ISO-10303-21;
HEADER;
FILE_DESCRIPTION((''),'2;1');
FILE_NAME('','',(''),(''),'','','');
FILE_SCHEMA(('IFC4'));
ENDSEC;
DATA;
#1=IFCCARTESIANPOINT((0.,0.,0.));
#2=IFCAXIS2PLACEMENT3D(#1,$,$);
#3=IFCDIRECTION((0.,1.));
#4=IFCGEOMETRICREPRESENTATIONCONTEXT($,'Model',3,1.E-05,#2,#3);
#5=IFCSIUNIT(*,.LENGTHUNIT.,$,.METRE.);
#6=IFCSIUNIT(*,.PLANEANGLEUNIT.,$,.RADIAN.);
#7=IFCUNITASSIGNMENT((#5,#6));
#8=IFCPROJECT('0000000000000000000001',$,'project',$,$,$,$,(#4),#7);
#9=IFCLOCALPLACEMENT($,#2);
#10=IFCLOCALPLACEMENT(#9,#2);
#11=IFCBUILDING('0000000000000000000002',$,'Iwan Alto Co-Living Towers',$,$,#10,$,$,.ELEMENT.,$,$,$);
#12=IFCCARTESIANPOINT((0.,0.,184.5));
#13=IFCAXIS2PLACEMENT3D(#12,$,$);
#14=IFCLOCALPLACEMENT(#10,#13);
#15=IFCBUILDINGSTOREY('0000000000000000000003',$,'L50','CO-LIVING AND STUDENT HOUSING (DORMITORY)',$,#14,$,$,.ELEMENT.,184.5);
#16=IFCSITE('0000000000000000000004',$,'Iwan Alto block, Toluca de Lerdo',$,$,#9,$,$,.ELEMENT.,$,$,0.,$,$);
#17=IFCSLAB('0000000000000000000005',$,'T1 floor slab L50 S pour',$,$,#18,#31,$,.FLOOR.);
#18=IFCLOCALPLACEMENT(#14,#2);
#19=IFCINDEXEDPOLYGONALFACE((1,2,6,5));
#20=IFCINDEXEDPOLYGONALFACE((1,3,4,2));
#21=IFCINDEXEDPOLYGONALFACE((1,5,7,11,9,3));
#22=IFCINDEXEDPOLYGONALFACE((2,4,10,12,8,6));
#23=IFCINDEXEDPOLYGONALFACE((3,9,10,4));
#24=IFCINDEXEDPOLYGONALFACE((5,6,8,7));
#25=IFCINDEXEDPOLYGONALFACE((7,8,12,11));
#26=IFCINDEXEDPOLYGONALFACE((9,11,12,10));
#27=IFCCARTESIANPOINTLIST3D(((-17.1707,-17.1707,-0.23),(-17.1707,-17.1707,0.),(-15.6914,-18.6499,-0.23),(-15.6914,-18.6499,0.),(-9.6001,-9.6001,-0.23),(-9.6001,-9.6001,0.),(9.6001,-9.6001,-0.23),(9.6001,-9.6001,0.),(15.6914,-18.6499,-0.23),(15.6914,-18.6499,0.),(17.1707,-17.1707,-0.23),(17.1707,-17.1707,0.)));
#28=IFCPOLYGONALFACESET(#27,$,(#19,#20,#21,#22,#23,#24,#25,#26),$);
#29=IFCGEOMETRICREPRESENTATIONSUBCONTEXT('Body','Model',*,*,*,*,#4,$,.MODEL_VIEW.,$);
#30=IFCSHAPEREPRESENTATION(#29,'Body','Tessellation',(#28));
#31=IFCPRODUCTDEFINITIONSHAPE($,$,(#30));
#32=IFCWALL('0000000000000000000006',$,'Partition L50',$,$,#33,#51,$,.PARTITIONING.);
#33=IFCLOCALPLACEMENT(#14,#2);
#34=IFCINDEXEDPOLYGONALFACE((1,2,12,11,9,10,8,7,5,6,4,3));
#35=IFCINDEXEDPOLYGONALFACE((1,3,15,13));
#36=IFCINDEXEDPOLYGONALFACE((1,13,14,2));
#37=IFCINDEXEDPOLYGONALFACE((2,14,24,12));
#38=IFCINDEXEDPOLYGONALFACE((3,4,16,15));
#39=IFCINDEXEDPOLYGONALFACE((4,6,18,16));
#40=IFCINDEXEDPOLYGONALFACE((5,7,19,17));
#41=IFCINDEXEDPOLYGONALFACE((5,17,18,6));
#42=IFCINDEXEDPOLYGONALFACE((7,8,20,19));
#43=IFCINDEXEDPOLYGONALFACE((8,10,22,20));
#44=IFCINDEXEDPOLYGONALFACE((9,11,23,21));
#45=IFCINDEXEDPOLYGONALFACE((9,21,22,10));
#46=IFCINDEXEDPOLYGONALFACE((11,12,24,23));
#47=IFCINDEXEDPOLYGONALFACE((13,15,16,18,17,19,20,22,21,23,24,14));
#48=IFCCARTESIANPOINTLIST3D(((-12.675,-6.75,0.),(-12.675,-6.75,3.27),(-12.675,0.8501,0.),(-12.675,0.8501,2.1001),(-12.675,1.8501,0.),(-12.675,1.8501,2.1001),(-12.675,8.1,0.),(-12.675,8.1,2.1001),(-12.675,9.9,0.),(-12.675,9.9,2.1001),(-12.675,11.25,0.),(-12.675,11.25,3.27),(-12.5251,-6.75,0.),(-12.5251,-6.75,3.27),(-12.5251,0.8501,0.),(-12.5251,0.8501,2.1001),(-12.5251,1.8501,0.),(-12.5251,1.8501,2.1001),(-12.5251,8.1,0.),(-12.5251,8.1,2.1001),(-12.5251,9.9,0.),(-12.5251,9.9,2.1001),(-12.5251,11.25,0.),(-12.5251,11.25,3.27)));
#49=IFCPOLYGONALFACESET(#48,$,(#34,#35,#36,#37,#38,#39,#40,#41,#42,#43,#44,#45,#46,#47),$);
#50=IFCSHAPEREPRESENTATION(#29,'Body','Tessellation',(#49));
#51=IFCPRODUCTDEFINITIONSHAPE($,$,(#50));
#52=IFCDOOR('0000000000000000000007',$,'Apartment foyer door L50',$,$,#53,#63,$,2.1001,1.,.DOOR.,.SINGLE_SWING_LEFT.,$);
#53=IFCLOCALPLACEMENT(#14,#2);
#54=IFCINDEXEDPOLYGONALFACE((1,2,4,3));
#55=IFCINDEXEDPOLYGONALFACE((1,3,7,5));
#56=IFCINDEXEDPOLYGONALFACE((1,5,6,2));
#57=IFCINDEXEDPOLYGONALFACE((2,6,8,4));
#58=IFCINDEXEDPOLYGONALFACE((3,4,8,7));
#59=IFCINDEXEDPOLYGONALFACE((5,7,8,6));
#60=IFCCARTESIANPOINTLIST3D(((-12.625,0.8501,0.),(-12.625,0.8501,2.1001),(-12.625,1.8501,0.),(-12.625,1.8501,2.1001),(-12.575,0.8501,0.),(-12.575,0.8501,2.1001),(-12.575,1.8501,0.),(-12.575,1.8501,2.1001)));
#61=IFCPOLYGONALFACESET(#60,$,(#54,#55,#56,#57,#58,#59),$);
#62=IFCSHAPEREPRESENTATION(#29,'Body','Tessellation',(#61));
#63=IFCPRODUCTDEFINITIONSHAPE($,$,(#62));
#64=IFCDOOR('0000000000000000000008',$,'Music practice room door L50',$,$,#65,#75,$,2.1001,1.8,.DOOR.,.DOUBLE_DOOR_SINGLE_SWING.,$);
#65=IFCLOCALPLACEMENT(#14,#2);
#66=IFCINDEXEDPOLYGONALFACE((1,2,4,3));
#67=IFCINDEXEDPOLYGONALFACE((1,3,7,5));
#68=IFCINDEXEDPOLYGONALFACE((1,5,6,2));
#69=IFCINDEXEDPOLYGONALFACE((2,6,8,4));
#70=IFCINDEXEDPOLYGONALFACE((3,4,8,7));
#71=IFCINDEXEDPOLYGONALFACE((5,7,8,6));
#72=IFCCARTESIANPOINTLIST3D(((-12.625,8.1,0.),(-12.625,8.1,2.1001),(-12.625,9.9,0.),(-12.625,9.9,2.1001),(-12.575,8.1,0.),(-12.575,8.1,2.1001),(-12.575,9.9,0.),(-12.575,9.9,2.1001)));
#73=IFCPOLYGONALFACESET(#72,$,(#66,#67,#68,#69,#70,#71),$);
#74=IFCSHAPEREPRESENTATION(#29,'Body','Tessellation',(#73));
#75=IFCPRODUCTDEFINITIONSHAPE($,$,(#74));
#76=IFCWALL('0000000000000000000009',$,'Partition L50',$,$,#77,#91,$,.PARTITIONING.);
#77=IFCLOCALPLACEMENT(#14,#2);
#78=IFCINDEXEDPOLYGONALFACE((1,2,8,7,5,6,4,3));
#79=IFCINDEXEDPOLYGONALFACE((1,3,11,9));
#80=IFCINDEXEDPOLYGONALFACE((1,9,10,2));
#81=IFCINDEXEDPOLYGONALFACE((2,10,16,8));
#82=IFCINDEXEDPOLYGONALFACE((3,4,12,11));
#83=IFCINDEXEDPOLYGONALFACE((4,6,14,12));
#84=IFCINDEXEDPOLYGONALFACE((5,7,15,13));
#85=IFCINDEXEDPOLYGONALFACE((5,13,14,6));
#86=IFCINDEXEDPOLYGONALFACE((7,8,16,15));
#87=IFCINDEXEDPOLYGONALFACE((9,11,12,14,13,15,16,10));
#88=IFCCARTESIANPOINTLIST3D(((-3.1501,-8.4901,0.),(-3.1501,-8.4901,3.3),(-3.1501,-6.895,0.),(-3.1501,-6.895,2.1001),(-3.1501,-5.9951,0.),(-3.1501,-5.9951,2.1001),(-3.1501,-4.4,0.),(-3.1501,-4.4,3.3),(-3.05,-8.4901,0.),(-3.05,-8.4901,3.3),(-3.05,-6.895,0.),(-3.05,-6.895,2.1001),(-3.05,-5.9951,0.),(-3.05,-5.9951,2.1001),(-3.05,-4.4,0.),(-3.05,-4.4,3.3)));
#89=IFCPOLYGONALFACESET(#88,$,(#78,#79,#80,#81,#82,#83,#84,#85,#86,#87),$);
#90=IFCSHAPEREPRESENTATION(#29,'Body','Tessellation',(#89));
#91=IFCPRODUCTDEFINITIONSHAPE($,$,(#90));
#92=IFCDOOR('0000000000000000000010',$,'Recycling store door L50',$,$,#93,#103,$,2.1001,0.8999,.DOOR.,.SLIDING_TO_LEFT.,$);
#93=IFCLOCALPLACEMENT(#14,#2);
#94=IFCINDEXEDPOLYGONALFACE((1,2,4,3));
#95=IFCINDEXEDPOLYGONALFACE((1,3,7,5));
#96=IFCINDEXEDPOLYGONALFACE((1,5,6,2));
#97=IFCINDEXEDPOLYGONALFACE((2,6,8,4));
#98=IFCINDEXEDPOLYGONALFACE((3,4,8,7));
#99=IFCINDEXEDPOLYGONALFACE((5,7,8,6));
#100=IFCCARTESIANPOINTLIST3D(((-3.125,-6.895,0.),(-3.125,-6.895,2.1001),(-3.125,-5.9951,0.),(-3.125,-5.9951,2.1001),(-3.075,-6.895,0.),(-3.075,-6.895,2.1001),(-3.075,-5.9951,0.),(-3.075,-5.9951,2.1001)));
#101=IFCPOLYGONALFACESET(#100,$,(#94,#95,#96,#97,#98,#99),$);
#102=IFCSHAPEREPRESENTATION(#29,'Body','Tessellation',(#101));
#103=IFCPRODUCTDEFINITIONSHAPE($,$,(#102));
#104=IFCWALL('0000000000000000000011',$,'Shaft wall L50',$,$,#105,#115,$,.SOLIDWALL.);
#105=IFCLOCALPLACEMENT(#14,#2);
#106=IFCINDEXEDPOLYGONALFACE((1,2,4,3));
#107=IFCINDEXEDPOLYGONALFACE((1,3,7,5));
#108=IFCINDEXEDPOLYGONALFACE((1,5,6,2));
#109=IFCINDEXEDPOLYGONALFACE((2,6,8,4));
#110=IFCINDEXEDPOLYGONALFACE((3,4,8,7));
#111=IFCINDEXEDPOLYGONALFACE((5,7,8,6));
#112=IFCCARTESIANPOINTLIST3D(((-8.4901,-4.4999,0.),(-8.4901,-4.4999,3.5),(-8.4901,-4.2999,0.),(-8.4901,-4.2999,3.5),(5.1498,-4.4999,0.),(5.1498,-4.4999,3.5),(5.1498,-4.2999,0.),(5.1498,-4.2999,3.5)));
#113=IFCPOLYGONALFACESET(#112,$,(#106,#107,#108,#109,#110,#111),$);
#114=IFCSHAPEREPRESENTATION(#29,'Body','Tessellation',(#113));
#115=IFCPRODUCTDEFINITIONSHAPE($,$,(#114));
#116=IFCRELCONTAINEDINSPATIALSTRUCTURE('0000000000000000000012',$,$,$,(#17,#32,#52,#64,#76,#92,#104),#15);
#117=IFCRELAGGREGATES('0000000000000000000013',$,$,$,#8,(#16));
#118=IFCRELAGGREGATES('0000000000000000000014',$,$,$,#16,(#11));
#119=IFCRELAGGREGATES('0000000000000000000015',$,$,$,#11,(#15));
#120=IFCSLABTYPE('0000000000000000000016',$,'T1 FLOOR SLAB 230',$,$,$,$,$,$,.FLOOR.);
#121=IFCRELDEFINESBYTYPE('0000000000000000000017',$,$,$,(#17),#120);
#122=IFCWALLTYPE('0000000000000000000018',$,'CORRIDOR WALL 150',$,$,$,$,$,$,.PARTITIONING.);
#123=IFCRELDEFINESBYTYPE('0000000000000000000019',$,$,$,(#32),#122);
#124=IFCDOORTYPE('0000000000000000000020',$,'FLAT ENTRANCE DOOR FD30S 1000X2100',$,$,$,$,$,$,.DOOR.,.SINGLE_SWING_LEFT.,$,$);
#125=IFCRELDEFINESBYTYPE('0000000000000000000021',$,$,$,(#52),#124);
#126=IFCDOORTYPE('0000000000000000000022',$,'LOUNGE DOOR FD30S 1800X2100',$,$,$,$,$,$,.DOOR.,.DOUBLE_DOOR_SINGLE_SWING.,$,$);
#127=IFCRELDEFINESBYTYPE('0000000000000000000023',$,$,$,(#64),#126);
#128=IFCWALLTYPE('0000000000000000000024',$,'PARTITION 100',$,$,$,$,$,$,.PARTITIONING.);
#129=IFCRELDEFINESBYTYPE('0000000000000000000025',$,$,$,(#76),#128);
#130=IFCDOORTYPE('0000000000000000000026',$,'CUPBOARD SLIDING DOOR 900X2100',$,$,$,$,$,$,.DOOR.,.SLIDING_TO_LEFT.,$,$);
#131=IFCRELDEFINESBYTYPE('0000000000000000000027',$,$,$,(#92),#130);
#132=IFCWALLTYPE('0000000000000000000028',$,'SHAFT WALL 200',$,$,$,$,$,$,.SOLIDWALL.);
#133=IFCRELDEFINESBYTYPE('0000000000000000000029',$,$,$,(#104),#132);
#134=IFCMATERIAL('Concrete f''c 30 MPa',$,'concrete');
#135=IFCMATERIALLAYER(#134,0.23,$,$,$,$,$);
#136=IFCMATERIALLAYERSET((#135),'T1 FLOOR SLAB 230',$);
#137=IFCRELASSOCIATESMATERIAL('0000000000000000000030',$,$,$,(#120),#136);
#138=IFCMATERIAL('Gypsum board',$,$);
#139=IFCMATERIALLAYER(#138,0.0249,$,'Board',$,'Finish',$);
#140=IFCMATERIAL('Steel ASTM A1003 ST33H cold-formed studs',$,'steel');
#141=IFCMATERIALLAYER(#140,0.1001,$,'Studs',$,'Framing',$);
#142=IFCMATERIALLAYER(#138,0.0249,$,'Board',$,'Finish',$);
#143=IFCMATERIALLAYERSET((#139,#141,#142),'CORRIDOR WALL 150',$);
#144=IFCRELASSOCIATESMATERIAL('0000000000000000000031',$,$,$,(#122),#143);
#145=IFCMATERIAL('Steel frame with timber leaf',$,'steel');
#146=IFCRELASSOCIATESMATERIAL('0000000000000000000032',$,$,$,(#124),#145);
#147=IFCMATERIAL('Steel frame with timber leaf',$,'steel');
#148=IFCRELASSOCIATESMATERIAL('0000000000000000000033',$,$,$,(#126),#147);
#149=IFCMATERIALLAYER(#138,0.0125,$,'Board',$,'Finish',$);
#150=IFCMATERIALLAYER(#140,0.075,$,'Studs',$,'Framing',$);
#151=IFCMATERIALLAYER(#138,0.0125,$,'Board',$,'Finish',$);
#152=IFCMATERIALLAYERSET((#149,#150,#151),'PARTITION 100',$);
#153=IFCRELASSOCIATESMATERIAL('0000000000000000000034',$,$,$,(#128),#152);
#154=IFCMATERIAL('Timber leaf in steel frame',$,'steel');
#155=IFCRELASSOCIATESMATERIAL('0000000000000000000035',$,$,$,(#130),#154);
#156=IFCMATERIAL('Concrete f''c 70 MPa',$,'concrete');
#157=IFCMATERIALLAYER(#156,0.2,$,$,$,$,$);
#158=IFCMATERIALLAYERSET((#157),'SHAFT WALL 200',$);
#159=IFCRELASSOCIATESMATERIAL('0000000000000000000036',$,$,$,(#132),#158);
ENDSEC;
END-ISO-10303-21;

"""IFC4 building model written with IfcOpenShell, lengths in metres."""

from ifc_helpers import new_model, si_unit, direction, frame, frame_2d, origin, place, context, subcontext, project, spatial, polyline, rectangle, outline, extrude, material, layer, layer_set, type_object, element, fill, save


model = new_model("IFC4")

# Units and contexts
model_context = context("Model", 3, precision=1e-05, world=origin(), true_north=direction((0.0, 1.0)))
body_context = subcontext(model_context, "Body", "Model", "MODEL_VIEW")
ifc_project = project(units=[si_unit("LENGTHUNIT", "METRE"), si_unit("PLANEANGLEUNIT", "RADIAN")], contexts=[model_context])

# Site, building, storey
site_placement = place(None, origin())
site = spatial("IfcSite", under=ifc_project, at=site_placement, Name="Iwan Alto block, Toluca de Lerdo", CompositionType="ELEMENT", RefElevation=0.0)
building_placement = place(site_placement, origin())
building = spatial("IfcBuilding", under=site, at=building_placement, Name="Iwan Alto Co-Living Towers", CompositionType="ELEMENT")
storey_placement = place(building_placement, frame((0.0, 0.0, 184.5)))
storey = spatial("IfcBuildingStorey", under=building, at=storey_placement, Name="L50", Description="CO-LIVING AND STUDENT HOUSING (DORMITORY)", CompositionType="ELEMENT", Elevation=184.5)

# Slab
ifc_material_1 = material(Name="Concrete f'c 30 MPa", Category="concrete")
ifc_layer_1 = layer(ifc_material_1, 0.23)
ifc_layer_set_1 = layer_set([ifc_layer_1], Name="T1 FLOOR SLAB 230")
slab_type = type_object("IfcSlabType", Name="T1 FLOOR SLAB 230", PredefinedType="FLOOR", material=ifc_layer_set_1)
slab_placement = place(storey_placement, frame((0.0, 0.0, -0.23)))
element("IfcSlab", 1, at=slab_placement, inside=storey, type_object=slab_type, Name="T1 floor slab L50 S pour", PredefinedType="FLOOR", context=body_context, shape_type="SweptSolid", body=[
    extrude(outline(polyline([(15.6914, -18.6499), (-15.6914, -18.6499), (-17.1707, -17.1707), (-9.6001, -9.6001), (9.6001, -9.6001), (17.1707, -17.1707), (15.6914, -18.6499)])), origin(), (0.0, 0.0, 1.0), 0.23),
])

# Wall, openings, doors
ifc_material_2 = material(Name="Gypsum board")
ifc_layer_2 = layer(ifc_material_2, 0.0249, Name="Board", Category="Finish")
ifc_material_3 = material(Name="Steel ASTM A1003 ST33H cold-formed studs", Category="steel")
ifc_layer_3 = layer(ifc_material_3, 0.1001, Name="Studs", Category="Framing")
ifc_layer_4 = layer(ifc_material_2, 0.0249, Name="Board", Category="Finish")
ifc_layer_set_2 = layer_set([ifc_layer_2, ifc_layer_3, ifc_layer_4], Name="CORRIDOR WALL 150")
wall_type_1 = type_object("IfcWallType", Name="CORRIDOR WALL 150", PredefinedType="PARTITIONING", material=ifc_layer_set_2)
wall_1_placement = place(storey_placement, frame((-12.6001, -6.75, 0.0), z_axis=(0.0, 0.0, 1.0), x_axis=(0.0, 1.0, 0.0)))
wall_1 = element("IfcWall", 2, at=wall_1_placement, inside=storey, type_object=wall_type_1, Name="Partition L50", PredefinedType="PARTITIONING", context=body_context, shape_type="SweptSolid", body=[
    extrude(rectangle(XDim=18.0, YDim=0.1499, at=frame_2d((9.0, 0.0))), origin(), (0.0, 0.0, 1.0), 3.27),
])
opening_1_placement = place(wall_1_placement, frame((14.8501, 0.0, 0.0)))
opening_1 = element("IfcOpeningElement", 3, at=opening_1_placement, cuts=wall_1, PredefinedType="OPENING", context=body_context, shape_type="SweptSolid", body=[
    extrude(rectangle(XDim=1.8, YDim=2.1001, at=frame_2d((0.8999, 1.05))), frame((0.0, 0.085, 0.0), z_axis=(0.0, -1.0, 0.0), x_axis=(1.0, 0.0, 0.0)), (0.0, 0.0, 1.0), 0.1699),
])
opening_2_placement = place(wall_1_placement, frame((7.6001, 0.0, 0.0)))
opening_2 = element("IfcOpeningElement", 4, at=opening_2_placement, cuts=wall_1, PredefinedType="OPENING", context=body_context, shape_type="SweptSolid", body=[
    extrude(rectangle(XDim=1.0, YDim=2.1001, at=frame_2d((0.5, 1.05))), frame((0.0, 0.085, 0.0), z_axis=(0.0, -1.0, 0.0), x_axis=(1.0, 0.0, 0.0)), (0.0, 0.0, 1.0), 0.1699),
])
ifc_material_4 = material(Name="Steel frame with timber leaf", Category="steel")
door_type_1 = type_object("IfcDoorType", Name="FLAT ENTRANCE DOOR FD30S 1000X2100", OperationType="SINGLE_SWING_LEFT", PredefinedType="DOOR", material=ifc_material_4)
door_1_placement = place(opening_2_placement, origin())
door_1 = element("IfcDoor", 5, at=door_1_placement, inside=storey, type_object=door_type_1, Name="Apartment foyer door L50", OperationType="SINGLE_SWING_LEFT", OverallHeight=2.1001, OverallWidth=1.0, PredefinedType="DOOR", context=body_context, shape_type="SweptSolid", body=[
    extrude(rectangle(XDim=1.0, YDim=2.1001, at=frame_2d((0.5, 1.05))), frame((0.0, 0.0249, 0.0), z_axis=(0.0, -1.0, 0.0), x_axis=(1.0, 0.0, 0.0)), (0.0, 0.0, 1.0), 0.05),
])
fill(opening_2, door_1)
ifc_material_5 = material(Name="Steel frame with timber leaf", Category="steel")
door_type_2 = type_object("IfcDoorType", Name="LOUNGE DOOR FD30S 1800X2100", OperationType="DOUBLE_DOOR_SINGLE_SWING", PredefinedType="DOOR", material=ifc_material_5)
door_2_placement = place(opening_1_placement, origin())
door_2 = element("IfcDoor", 6, at=door_2_placement, inside=storey, type_object=door_type_2, Name="Music practice room door L50", OperationType="DOUBLE_DOOR_SINGLE_SWING", OverallHeight=2.1001, OverallWidth=1.8, PredefinedType="DOOR", context=body_context, shape_type="SweptSolid", body=[
    extrude(rectangle(XDim=1.8, YDim=2.1001, at=frame_2d((0.8999, 1.05))), frame((0.0, 0.0249, 0.0), z_axis=(0.0, -1.0, 0.0), x_axis=(1.0, 0.0, 0.0)), (0.0, 0.0, 1.0), 0.05),
])
fill(opening_1, door_2)

# Wall, opening, door
ifc_layer_5 = layer(ifc_material_2, 0.0125, Name="Board", Category="Finish")
ifc_layer_6 = layer(ifc_material_3, 0.075, Name="Studs", Category="Framing")
ifc_layer_7 = layer(ifc_material_2, 0.0125, Name="Board", Category="Finish")
ifc_layer_set_3 = layer_set([ifc_layer_5, ifc_layer_6, ifc_layer_7], Name="PARTITION 100")
wall_type_2 = type_object("IfcWallType", Name="PARTITION 100", PredefinedType="PARTITIONING", material=ifc_layer_set_3)
wall_2_placement = place(storey_placement, frame((-3.1001, -8.49, 0.0), z_axis=(0.0, 0.0, 1.0), x_axis=(0.0, 1.0, 0.0)))
wall_2 = element("IfcWall", 7, at=wall_2_placement, inside=storey, type_object=wall_type_2, Name="Partition L50", PredefinedType="PARTITIONING", context=body_context, shape_type="SweptSolid", body=[
    extrude(rectangle(XDim=4.0901, YDim=0.1001, at=frame_2d((2.0449, 0.0))), origin(), (0.0, 0.0, 1.0), 3.3),
])
opening_3_placement = place(wall_2_placement, frame((1.595, 0.0, 0.0)))
opening_3 = element("IfcOpeningElement", 8, at=opening_3_placement, cuts=wall_2, PredefinedType="OPENING", context=body_context, shape_type="SweptSolid", body=[
    extrude(rectangle(XDim=0.8999, YDim=2.1001, at=frame_2d((0.45, 1.05))), frame((0.0, 0.0601, 0.0), z_axis=(0.0, -1.0, 0.0), x_axis=(1.0, 0.0, 0.0)), (0.0, 0.0, 1.0), 0.1201),
])
ifc_material_6 = material(Name="Timber leaf in steel frame", Category="steel")
door_type_3 = type_object("IfcDoorType", Name="CUPBOARD SLIDING DOOR 900X2100", OperationType="SLIDING_TO_LEFT", PredefinedType="DOOR", material=ifc_material_6)
door_3_placement = place(opening_3_placement, origin())
door_3 = element("IfcDoor", 9, at=door_3_placement, inside=storey, type_object=door_type_3, Name="Recycling store door L50", OperationType="SLIDING_TO_LEFT", OverallHeight=2.1001, OverallWidth=0.8999, PredefinedType="DOOR", context=body_context, shape_type="SweptSolid", body=[
    extrude(rectangle(XDim=0.8999, YDim=2.1001, at=frame_2d((0.45, 1.05))), frame((0.0, 0.0249, 0.0), z_axis=(0.0, -1.0, 0.0), x_axis=(1.0, 0.0, 0.0)), (0.0, 0.0, 1.0), 0.05),
])
fill(opening_3, door_3)

# Wall
ifc_material_7 = material(Name="Concrete f'c 70 MPa", Category="concrete")
ifc_layer_8 = layer(ifc_material_7, 0.2)
ifc_layer_set_4 = layer_set([ifc_layer_8], Name="SHAFT WALL 200")
wall_type_3 = type_object("IfcWallType", Name="SHAFT WALL 200", PredefinedType="SOLIDWALL", material=ifc_layer_set_4)
wall_3_placement = place(storey_placement, frame((-8.49, -4.3999, 0.0), z_axis=(0.0, 0.0, 1.0), x_axis=(1.0, 0.0, 0.0)))
element("IfcWall", 10, at=wall_3_placement, inside=storey, type_object=wall_type_3, Name="Shaft wall L50", PredefinedType="SOLIDWALL", context=body_context, shape_type="SweptSolid", body=[
    extrude(rectangle(XDim=13.6399, YDim=0.2, at=frame_2d((6.8198, 0.0))), origin(), (0.0, 0.0, 1.0), 3.5),
])

save(model, "model.ifc")
